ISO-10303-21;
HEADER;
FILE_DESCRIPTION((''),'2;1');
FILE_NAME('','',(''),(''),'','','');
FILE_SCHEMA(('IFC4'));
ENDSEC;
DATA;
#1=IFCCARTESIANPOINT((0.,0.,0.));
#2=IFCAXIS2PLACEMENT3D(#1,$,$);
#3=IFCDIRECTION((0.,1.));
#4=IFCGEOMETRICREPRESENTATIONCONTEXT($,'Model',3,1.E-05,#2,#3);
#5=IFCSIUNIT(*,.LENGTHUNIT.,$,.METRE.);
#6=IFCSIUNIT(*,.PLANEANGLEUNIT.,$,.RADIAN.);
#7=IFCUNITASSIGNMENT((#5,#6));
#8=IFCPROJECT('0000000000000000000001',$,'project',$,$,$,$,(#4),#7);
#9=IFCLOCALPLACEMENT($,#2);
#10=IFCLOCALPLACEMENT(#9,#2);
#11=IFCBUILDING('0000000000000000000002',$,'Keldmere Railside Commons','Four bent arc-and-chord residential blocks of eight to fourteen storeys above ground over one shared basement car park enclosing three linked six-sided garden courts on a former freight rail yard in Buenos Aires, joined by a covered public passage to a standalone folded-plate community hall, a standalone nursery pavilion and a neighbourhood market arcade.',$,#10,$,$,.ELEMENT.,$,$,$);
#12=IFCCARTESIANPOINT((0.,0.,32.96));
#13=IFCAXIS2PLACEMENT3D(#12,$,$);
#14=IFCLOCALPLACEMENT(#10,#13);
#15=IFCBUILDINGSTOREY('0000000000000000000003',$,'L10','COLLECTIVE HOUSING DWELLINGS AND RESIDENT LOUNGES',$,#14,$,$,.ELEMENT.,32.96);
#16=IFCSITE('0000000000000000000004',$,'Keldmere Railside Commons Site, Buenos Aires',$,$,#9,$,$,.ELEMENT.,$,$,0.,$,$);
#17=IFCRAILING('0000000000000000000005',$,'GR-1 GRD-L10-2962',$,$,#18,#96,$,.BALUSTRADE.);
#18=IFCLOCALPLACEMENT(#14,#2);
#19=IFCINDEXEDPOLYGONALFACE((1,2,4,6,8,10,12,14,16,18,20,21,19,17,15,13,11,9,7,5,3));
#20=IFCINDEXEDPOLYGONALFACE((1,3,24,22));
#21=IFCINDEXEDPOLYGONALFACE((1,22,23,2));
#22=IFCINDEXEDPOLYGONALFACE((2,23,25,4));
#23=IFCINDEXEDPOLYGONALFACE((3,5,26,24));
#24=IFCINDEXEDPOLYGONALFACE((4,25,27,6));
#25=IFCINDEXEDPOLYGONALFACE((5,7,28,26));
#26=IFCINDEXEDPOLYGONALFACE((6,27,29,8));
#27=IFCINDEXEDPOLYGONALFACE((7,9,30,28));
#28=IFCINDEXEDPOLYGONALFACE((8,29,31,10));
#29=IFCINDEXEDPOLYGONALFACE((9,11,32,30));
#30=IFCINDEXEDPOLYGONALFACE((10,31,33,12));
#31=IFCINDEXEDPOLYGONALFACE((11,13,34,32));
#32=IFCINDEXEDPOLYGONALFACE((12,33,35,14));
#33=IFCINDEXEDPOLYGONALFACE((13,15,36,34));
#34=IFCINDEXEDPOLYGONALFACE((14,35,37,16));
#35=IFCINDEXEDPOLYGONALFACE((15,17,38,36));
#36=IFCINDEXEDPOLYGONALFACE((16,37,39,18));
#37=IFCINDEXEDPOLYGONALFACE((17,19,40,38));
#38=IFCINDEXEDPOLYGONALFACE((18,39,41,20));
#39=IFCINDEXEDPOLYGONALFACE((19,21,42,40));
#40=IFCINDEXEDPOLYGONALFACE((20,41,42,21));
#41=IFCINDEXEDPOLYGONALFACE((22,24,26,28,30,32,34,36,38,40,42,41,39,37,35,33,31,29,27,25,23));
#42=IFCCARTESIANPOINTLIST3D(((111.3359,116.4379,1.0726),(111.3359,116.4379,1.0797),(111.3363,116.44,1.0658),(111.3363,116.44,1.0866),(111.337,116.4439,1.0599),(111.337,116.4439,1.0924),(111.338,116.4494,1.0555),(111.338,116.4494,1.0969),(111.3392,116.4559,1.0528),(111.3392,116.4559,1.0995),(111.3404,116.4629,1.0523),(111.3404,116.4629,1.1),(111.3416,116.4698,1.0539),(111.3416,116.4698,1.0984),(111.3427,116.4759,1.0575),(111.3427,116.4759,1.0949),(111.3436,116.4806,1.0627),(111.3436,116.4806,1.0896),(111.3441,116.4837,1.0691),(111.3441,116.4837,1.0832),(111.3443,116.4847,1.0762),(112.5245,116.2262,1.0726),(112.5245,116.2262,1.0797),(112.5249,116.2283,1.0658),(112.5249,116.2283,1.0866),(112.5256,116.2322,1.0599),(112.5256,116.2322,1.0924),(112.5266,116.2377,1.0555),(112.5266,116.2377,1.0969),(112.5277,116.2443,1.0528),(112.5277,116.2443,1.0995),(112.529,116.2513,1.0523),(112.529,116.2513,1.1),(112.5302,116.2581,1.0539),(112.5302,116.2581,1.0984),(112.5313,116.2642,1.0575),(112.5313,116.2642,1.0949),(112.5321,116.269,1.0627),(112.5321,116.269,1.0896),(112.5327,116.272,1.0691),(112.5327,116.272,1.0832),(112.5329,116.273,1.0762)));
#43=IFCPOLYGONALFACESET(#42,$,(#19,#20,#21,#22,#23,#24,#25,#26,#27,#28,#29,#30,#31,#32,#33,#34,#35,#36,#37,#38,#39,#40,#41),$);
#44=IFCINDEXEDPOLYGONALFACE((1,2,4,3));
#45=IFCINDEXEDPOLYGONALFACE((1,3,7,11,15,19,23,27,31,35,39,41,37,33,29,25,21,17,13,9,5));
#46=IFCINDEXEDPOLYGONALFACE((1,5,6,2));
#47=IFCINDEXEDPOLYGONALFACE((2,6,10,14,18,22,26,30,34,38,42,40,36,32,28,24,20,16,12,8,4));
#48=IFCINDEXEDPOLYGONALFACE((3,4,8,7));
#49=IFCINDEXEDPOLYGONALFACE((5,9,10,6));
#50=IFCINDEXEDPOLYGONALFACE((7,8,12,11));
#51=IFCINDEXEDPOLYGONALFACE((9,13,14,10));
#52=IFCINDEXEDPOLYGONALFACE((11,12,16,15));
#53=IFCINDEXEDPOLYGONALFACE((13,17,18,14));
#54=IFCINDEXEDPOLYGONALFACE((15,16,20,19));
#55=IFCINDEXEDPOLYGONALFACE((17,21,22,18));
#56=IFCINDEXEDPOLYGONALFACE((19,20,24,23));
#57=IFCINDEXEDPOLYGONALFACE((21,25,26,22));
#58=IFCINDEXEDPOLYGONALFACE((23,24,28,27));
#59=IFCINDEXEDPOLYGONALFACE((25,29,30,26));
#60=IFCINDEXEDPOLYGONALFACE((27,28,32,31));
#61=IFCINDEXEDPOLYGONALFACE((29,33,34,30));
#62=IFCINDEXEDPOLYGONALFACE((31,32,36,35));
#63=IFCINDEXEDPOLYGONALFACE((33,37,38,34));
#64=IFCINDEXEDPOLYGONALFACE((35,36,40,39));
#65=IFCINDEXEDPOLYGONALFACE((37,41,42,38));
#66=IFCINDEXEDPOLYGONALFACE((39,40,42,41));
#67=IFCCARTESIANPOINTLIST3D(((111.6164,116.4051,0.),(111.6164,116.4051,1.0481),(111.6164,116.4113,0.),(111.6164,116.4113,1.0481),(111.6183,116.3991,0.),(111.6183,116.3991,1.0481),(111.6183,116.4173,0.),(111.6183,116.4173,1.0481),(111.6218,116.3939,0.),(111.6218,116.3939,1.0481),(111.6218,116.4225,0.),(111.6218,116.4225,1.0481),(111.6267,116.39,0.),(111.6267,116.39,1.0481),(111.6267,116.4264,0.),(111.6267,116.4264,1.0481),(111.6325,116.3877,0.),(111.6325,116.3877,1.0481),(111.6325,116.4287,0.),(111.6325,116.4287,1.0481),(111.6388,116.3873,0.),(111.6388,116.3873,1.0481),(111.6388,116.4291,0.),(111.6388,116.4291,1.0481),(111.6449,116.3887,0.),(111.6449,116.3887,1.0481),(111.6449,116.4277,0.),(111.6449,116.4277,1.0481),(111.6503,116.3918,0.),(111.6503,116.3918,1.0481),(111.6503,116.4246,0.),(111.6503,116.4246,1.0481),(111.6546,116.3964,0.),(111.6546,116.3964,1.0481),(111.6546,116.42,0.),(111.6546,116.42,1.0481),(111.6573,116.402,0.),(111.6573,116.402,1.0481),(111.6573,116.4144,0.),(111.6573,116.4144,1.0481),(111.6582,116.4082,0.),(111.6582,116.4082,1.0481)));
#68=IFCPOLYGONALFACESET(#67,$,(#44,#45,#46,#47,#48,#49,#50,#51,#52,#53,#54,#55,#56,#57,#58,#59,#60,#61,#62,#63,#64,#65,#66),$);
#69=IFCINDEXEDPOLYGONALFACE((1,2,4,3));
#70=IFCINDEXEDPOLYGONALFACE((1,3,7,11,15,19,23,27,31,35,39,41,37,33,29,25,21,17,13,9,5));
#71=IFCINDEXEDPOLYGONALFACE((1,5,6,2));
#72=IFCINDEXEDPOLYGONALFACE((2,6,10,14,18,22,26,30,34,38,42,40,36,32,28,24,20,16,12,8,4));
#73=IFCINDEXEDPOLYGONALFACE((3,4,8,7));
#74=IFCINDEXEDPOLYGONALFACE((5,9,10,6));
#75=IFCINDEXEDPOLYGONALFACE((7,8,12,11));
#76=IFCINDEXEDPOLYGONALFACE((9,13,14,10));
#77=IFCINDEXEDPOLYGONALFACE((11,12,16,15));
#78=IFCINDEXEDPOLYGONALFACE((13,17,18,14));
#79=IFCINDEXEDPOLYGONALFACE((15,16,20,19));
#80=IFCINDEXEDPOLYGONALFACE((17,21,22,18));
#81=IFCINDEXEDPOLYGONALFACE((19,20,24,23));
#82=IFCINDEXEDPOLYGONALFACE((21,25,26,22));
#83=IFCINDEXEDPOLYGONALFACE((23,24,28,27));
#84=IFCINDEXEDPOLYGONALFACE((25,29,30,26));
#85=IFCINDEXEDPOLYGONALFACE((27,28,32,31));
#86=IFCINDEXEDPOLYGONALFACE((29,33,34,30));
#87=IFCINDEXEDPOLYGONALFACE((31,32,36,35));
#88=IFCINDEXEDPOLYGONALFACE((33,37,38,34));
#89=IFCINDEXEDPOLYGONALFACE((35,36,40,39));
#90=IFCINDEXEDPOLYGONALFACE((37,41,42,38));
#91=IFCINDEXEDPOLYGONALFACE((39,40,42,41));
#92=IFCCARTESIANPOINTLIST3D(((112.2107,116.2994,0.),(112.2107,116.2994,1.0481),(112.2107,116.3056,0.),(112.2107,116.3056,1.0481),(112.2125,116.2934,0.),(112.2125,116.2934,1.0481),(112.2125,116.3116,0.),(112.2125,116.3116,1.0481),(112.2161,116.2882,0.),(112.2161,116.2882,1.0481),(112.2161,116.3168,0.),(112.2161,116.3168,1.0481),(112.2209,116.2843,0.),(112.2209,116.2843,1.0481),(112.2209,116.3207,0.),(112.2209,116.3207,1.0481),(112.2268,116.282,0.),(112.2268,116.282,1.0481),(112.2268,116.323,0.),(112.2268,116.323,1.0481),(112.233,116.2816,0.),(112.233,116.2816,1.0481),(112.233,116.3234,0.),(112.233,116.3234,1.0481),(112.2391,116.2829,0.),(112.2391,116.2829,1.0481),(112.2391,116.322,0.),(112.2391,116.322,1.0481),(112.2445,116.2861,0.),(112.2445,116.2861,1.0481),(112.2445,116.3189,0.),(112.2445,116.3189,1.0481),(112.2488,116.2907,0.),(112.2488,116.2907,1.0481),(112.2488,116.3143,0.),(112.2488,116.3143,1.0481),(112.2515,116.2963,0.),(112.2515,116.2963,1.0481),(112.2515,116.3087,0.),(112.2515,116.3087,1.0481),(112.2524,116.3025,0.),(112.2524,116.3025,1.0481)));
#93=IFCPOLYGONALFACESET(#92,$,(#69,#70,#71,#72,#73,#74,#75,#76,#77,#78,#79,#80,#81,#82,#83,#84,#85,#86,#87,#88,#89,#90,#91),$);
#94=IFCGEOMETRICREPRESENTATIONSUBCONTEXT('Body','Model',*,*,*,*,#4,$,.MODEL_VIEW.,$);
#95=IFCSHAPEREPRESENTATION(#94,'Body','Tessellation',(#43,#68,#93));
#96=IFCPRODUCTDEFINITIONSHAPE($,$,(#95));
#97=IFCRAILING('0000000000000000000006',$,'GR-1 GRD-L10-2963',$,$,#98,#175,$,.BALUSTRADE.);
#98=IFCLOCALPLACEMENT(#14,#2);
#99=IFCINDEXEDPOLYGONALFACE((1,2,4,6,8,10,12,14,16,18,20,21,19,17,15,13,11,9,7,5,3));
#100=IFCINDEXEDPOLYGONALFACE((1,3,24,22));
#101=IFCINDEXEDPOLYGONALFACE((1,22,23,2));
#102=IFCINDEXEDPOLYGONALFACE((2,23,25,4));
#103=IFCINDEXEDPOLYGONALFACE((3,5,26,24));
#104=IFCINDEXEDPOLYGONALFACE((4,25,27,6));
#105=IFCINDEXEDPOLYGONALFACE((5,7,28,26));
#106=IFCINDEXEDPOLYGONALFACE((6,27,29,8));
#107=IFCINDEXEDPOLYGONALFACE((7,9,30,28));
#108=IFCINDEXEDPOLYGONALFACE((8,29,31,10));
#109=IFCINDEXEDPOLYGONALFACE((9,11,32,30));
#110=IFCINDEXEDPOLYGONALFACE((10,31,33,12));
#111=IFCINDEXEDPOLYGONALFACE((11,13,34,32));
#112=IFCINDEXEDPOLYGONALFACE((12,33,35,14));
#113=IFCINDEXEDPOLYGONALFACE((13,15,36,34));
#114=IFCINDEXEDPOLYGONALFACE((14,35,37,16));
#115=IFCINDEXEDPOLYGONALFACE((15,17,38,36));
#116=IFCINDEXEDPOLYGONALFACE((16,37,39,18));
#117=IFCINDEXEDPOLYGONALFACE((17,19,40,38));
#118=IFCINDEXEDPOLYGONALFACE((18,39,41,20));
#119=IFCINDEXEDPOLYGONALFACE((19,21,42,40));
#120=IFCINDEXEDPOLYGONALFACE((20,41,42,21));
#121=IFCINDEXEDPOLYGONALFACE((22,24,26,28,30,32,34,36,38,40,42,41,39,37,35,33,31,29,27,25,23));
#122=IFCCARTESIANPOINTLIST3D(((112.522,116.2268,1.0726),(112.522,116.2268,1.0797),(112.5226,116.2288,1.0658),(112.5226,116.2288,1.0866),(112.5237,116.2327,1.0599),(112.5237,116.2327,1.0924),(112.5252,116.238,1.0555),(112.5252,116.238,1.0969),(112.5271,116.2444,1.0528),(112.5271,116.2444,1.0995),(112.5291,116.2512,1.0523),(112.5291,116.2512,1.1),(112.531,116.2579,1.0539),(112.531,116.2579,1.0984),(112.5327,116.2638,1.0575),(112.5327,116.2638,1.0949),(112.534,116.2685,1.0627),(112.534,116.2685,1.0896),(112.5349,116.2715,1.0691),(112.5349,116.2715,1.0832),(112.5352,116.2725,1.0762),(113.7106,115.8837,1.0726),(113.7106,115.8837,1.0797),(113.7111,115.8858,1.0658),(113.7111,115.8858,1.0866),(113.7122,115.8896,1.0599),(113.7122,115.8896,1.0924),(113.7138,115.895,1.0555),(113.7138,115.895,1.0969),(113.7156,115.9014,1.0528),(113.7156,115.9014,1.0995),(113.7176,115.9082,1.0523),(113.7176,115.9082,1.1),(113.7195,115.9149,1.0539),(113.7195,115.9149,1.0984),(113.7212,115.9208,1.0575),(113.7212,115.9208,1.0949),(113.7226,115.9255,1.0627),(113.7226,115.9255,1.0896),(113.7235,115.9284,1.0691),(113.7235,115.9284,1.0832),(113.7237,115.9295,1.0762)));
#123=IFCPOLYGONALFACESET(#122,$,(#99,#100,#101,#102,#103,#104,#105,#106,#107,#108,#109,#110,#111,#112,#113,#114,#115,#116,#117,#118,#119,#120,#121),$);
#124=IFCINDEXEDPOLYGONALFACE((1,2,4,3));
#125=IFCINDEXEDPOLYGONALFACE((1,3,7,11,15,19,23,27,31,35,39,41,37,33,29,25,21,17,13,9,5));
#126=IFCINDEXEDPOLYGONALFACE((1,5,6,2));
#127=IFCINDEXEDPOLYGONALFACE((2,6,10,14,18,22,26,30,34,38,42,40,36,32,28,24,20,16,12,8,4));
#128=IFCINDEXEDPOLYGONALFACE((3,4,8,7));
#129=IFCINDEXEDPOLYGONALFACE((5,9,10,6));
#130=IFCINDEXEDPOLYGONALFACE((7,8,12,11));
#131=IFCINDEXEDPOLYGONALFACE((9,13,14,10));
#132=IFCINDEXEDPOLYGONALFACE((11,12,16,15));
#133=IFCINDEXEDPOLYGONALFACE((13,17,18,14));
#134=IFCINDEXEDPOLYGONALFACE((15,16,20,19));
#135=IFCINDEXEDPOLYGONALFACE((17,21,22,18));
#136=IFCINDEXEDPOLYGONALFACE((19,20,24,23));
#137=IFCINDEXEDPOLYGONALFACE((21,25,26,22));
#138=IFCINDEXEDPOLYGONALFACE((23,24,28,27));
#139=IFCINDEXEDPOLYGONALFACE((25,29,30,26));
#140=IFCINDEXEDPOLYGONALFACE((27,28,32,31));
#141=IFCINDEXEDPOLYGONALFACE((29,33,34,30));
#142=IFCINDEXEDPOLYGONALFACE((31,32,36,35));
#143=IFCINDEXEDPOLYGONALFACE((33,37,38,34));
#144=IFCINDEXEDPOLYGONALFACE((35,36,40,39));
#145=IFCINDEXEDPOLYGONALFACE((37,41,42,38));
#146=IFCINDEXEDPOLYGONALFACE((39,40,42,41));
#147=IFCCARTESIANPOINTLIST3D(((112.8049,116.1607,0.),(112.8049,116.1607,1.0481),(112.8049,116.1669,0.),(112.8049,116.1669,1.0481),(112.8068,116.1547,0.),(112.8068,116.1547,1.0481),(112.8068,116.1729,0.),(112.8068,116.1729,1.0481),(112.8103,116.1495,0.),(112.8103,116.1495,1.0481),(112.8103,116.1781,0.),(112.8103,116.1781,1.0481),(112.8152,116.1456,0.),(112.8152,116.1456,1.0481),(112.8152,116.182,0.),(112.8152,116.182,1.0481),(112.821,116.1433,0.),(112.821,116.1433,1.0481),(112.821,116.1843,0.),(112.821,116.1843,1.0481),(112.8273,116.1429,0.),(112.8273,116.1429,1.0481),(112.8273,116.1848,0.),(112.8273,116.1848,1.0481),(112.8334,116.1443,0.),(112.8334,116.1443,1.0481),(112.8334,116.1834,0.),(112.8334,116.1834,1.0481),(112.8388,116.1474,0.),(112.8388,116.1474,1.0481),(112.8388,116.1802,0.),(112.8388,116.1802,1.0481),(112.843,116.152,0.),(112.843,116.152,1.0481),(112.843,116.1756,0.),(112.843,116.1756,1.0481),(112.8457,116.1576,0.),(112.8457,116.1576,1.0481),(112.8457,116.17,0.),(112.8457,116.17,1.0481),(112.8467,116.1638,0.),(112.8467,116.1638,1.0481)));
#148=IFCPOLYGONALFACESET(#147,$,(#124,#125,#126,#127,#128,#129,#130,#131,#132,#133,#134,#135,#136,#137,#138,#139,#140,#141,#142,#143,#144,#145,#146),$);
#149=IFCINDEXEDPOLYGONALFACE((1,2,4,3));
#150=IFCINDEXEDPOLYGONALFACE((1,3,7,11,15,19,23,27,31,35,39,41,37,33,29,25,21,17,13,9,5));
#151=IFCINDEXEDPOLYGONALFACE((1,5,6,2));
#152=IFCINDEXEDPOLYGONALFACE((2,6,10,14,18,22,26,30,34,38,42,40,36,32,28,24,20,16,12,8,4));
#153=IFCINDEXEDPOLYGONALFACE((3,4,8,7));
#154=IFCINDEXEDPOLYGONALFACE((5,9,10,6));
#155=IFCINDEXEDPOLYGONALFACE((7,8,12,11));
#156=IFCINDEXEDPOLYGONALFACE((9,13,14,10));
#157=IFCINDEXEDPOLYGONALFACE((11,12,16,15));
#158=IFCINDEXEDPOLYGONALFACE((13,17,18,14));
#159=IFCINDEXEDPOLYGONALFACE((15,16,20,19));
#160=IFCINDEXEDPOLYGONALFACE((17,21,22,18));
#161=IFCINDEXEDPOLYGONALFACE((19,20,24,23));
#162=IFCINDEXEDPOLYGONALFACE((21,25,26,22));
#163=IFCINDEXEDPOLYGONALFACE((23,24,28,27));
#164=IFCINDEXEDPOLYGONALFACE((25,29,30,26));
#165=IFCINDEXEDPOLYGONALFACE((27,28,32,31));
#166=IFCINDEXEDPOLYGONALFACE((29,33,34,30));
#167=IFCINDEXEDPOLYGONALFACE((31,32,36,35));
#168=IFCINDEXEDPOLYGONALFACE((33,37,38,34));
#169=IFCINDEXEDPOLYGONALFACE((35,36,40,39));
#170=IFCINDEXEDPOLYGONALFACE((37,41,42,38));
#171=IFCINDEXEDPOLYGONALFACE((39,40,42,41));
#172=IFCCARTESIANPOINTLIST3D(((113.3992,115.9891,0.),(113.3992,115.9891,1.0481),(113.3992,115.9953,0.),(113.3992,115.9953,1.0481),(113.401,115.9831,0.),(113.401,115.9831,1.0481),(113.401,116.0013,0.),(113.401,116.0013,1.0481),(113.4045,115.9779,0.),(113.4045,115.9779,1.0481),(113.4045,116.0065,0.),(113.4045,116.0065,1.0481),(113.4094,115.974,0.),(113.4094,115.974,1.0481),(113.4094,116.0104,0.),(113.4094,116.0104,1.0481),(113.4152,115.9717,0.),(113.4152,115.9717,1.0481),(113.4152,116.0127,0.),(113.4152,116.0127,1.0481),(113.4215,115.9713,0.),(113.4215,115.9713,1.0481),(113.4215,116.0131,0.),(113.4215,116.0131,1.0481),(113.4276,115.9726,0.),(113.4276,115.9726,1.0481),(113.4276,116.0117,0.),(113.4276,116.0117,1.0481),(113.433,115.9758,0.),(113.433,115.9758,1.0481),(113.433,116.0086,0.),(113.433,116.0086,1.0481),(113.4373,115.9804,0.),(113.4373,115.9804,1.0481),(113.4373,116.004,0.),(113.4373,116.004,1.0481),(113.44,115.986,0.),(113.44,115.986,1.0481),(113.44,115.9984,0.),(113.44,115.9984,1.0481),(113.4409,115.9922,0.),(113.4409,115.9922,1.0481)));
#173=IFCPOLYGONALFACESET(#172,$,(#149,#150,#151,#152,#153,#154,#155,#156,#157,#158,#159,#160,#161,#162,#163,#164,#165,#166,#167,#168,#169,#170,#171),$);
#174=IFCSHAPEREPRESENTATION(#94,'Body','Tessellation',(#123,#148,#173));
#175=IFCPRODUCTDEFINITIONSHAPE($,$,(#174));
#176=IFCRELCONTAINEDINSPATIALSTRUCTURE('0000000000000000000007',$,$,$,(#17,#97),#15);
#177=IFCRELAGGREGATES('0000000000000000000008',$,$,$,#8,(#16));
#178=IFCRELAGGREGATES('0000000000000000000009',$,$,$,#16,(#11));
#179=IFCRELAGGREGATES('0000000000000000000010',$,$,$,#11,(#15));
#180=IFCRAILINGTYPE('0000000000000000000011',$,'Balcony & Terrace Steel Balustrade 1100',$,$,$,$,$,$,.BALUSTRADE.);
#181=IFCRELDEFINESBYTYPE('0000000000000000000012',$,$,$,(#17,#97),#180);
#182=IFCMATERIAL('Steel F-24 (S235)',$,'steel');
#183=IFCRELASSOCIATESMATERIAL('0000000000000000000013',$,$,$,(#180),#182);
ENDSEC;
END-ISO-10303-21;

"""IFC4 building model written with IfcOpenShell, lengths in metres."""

from ifc_helpers import new_model, si_unit, direction, frame, origin, origin_2d, place, context, subcontext, project, spatial, circle, extrude, material, type_object, element, save


model = new_model("IFC4")

# Units and contexts
model_context = context("Model", 3, precision=1e-05, world=origin(), true_north=direction((0.0, 1.0)))
body_context = subcontext(model_context, "Body", "Model", "MODEL_VIEW")
ifc_project = project(units=[si_unit("LENGTHUNIT", "METRE"), si_unit("PLANEANGLEUNIT", "RADIAN")], contexts=[model_context])

# Site, building, storey
site_placement = place(None, origin())
site = spatial("IfcSite", under=ifc_project, at=site_placement, Name="Keldmere Railside Commons Site, Buenos Aires", CompositionType="ELEMENT", RefElevation=0.0)
building_placement = place(site_placement, origin())
building = spatial("IfcBuilding", under=site, at=building_placement, Name="Keldmere Railside Commons", Description="Four bent arc-and-chord residential blocks of eight to fourteen storeys above ground over one shared basement car park enclosing three linked six-sided garden courts on a former freight rail yard in Buenos Aires, joined by a covered public passage to a standalone folded-plate community hall, a standalone nursery pavilion and a neighbourhood market arcade.", CompositionType="ELEMENT")
storey_placement = place(building_placement, frame((0.0, 0.0, 32.96)))
storey = spatial("IfcBuildingStorey", under=building, at=storey_placement, Name="L10", Description="COLLECTIVE HOUSING DWELLINGS AND RESIDENT LOUNGES", CompositionType="ELEMENT", Elevation=32.96)

# Railings
ifc_material_1 = material(Name="Steel F-24 (S235)", Category="steel")
railing_type = type_object("IfcRailingType", Name="Balcony & Terrace Steel Balustrade 1100", PredefinedType="BALUSTRADE", material=ifc_material_1)
railing_1_placement = place(storey_placement, frame((111.3401, 116.4612, 0.0)))
element("IfcRailing", 1, at=railing_1_placement, inside=storey, type_object=railing_type, Name="GR-1 GRD-L10-2962", PredefinedType="BALUSTRADE", context=body_context, shape_type="SweptSolid", body=[
    extrude(circle(Radius=0.0239, at=origin_2d()), frame((0.0, 0.0, 1.0762), z_axis=(0.984507, -0.175343, 0.0), x_axis=(0.175343, 0.984507, 0.0)), (0.0, 0.0, 1.0), 1.2073),
    extrude(circle(Radius=0.021, at=origin_2d()), frame((0.2971, -0.053, 0.0)), (0.0, 0.0, 1.0), 1.0481),
    extrude(circle(Radius=0.021, at=origin_2d()), frame((0.8914, -0.1587, 0.0)), (0.0, 0.0, 1.0), 1.0481),
])
railing_2_placement = place(storey_placement, frame((112.5286, 116.2495, 0.0)))
element("IfcRailing", 2, at=railing_2_placement, inside=storey, type_object=railing_type, Name="GR-1 GRD-L10-2963", PredefinedType="BALUSTRADE", context=body_context, shape_type="SweptSolid", body=[
    extrude(circle(Radius=0.0239, at=origin_2d()), frame((0.0, 0.0, 1.0762), z_axis=(0.960783, -0.277301, 0.0), x_axis=(0.277301, 0.960783, 0.0)), (0.0, 0.0, 1.0), 1.2371),
    extrude(circle(Radius=0.021, at=origin_2d()), frame((0.2971, -0.0857, 0.0)), (0.0, 0.0, 1.0), 1.0481),
    extrude(circle(Radius=0.021, at=origin_2d()), frame((0.8914, -0.2573, 0.0)), (0.0, 0.0, 1.0), 1.0481),
])

save(model, "model.ifc")
